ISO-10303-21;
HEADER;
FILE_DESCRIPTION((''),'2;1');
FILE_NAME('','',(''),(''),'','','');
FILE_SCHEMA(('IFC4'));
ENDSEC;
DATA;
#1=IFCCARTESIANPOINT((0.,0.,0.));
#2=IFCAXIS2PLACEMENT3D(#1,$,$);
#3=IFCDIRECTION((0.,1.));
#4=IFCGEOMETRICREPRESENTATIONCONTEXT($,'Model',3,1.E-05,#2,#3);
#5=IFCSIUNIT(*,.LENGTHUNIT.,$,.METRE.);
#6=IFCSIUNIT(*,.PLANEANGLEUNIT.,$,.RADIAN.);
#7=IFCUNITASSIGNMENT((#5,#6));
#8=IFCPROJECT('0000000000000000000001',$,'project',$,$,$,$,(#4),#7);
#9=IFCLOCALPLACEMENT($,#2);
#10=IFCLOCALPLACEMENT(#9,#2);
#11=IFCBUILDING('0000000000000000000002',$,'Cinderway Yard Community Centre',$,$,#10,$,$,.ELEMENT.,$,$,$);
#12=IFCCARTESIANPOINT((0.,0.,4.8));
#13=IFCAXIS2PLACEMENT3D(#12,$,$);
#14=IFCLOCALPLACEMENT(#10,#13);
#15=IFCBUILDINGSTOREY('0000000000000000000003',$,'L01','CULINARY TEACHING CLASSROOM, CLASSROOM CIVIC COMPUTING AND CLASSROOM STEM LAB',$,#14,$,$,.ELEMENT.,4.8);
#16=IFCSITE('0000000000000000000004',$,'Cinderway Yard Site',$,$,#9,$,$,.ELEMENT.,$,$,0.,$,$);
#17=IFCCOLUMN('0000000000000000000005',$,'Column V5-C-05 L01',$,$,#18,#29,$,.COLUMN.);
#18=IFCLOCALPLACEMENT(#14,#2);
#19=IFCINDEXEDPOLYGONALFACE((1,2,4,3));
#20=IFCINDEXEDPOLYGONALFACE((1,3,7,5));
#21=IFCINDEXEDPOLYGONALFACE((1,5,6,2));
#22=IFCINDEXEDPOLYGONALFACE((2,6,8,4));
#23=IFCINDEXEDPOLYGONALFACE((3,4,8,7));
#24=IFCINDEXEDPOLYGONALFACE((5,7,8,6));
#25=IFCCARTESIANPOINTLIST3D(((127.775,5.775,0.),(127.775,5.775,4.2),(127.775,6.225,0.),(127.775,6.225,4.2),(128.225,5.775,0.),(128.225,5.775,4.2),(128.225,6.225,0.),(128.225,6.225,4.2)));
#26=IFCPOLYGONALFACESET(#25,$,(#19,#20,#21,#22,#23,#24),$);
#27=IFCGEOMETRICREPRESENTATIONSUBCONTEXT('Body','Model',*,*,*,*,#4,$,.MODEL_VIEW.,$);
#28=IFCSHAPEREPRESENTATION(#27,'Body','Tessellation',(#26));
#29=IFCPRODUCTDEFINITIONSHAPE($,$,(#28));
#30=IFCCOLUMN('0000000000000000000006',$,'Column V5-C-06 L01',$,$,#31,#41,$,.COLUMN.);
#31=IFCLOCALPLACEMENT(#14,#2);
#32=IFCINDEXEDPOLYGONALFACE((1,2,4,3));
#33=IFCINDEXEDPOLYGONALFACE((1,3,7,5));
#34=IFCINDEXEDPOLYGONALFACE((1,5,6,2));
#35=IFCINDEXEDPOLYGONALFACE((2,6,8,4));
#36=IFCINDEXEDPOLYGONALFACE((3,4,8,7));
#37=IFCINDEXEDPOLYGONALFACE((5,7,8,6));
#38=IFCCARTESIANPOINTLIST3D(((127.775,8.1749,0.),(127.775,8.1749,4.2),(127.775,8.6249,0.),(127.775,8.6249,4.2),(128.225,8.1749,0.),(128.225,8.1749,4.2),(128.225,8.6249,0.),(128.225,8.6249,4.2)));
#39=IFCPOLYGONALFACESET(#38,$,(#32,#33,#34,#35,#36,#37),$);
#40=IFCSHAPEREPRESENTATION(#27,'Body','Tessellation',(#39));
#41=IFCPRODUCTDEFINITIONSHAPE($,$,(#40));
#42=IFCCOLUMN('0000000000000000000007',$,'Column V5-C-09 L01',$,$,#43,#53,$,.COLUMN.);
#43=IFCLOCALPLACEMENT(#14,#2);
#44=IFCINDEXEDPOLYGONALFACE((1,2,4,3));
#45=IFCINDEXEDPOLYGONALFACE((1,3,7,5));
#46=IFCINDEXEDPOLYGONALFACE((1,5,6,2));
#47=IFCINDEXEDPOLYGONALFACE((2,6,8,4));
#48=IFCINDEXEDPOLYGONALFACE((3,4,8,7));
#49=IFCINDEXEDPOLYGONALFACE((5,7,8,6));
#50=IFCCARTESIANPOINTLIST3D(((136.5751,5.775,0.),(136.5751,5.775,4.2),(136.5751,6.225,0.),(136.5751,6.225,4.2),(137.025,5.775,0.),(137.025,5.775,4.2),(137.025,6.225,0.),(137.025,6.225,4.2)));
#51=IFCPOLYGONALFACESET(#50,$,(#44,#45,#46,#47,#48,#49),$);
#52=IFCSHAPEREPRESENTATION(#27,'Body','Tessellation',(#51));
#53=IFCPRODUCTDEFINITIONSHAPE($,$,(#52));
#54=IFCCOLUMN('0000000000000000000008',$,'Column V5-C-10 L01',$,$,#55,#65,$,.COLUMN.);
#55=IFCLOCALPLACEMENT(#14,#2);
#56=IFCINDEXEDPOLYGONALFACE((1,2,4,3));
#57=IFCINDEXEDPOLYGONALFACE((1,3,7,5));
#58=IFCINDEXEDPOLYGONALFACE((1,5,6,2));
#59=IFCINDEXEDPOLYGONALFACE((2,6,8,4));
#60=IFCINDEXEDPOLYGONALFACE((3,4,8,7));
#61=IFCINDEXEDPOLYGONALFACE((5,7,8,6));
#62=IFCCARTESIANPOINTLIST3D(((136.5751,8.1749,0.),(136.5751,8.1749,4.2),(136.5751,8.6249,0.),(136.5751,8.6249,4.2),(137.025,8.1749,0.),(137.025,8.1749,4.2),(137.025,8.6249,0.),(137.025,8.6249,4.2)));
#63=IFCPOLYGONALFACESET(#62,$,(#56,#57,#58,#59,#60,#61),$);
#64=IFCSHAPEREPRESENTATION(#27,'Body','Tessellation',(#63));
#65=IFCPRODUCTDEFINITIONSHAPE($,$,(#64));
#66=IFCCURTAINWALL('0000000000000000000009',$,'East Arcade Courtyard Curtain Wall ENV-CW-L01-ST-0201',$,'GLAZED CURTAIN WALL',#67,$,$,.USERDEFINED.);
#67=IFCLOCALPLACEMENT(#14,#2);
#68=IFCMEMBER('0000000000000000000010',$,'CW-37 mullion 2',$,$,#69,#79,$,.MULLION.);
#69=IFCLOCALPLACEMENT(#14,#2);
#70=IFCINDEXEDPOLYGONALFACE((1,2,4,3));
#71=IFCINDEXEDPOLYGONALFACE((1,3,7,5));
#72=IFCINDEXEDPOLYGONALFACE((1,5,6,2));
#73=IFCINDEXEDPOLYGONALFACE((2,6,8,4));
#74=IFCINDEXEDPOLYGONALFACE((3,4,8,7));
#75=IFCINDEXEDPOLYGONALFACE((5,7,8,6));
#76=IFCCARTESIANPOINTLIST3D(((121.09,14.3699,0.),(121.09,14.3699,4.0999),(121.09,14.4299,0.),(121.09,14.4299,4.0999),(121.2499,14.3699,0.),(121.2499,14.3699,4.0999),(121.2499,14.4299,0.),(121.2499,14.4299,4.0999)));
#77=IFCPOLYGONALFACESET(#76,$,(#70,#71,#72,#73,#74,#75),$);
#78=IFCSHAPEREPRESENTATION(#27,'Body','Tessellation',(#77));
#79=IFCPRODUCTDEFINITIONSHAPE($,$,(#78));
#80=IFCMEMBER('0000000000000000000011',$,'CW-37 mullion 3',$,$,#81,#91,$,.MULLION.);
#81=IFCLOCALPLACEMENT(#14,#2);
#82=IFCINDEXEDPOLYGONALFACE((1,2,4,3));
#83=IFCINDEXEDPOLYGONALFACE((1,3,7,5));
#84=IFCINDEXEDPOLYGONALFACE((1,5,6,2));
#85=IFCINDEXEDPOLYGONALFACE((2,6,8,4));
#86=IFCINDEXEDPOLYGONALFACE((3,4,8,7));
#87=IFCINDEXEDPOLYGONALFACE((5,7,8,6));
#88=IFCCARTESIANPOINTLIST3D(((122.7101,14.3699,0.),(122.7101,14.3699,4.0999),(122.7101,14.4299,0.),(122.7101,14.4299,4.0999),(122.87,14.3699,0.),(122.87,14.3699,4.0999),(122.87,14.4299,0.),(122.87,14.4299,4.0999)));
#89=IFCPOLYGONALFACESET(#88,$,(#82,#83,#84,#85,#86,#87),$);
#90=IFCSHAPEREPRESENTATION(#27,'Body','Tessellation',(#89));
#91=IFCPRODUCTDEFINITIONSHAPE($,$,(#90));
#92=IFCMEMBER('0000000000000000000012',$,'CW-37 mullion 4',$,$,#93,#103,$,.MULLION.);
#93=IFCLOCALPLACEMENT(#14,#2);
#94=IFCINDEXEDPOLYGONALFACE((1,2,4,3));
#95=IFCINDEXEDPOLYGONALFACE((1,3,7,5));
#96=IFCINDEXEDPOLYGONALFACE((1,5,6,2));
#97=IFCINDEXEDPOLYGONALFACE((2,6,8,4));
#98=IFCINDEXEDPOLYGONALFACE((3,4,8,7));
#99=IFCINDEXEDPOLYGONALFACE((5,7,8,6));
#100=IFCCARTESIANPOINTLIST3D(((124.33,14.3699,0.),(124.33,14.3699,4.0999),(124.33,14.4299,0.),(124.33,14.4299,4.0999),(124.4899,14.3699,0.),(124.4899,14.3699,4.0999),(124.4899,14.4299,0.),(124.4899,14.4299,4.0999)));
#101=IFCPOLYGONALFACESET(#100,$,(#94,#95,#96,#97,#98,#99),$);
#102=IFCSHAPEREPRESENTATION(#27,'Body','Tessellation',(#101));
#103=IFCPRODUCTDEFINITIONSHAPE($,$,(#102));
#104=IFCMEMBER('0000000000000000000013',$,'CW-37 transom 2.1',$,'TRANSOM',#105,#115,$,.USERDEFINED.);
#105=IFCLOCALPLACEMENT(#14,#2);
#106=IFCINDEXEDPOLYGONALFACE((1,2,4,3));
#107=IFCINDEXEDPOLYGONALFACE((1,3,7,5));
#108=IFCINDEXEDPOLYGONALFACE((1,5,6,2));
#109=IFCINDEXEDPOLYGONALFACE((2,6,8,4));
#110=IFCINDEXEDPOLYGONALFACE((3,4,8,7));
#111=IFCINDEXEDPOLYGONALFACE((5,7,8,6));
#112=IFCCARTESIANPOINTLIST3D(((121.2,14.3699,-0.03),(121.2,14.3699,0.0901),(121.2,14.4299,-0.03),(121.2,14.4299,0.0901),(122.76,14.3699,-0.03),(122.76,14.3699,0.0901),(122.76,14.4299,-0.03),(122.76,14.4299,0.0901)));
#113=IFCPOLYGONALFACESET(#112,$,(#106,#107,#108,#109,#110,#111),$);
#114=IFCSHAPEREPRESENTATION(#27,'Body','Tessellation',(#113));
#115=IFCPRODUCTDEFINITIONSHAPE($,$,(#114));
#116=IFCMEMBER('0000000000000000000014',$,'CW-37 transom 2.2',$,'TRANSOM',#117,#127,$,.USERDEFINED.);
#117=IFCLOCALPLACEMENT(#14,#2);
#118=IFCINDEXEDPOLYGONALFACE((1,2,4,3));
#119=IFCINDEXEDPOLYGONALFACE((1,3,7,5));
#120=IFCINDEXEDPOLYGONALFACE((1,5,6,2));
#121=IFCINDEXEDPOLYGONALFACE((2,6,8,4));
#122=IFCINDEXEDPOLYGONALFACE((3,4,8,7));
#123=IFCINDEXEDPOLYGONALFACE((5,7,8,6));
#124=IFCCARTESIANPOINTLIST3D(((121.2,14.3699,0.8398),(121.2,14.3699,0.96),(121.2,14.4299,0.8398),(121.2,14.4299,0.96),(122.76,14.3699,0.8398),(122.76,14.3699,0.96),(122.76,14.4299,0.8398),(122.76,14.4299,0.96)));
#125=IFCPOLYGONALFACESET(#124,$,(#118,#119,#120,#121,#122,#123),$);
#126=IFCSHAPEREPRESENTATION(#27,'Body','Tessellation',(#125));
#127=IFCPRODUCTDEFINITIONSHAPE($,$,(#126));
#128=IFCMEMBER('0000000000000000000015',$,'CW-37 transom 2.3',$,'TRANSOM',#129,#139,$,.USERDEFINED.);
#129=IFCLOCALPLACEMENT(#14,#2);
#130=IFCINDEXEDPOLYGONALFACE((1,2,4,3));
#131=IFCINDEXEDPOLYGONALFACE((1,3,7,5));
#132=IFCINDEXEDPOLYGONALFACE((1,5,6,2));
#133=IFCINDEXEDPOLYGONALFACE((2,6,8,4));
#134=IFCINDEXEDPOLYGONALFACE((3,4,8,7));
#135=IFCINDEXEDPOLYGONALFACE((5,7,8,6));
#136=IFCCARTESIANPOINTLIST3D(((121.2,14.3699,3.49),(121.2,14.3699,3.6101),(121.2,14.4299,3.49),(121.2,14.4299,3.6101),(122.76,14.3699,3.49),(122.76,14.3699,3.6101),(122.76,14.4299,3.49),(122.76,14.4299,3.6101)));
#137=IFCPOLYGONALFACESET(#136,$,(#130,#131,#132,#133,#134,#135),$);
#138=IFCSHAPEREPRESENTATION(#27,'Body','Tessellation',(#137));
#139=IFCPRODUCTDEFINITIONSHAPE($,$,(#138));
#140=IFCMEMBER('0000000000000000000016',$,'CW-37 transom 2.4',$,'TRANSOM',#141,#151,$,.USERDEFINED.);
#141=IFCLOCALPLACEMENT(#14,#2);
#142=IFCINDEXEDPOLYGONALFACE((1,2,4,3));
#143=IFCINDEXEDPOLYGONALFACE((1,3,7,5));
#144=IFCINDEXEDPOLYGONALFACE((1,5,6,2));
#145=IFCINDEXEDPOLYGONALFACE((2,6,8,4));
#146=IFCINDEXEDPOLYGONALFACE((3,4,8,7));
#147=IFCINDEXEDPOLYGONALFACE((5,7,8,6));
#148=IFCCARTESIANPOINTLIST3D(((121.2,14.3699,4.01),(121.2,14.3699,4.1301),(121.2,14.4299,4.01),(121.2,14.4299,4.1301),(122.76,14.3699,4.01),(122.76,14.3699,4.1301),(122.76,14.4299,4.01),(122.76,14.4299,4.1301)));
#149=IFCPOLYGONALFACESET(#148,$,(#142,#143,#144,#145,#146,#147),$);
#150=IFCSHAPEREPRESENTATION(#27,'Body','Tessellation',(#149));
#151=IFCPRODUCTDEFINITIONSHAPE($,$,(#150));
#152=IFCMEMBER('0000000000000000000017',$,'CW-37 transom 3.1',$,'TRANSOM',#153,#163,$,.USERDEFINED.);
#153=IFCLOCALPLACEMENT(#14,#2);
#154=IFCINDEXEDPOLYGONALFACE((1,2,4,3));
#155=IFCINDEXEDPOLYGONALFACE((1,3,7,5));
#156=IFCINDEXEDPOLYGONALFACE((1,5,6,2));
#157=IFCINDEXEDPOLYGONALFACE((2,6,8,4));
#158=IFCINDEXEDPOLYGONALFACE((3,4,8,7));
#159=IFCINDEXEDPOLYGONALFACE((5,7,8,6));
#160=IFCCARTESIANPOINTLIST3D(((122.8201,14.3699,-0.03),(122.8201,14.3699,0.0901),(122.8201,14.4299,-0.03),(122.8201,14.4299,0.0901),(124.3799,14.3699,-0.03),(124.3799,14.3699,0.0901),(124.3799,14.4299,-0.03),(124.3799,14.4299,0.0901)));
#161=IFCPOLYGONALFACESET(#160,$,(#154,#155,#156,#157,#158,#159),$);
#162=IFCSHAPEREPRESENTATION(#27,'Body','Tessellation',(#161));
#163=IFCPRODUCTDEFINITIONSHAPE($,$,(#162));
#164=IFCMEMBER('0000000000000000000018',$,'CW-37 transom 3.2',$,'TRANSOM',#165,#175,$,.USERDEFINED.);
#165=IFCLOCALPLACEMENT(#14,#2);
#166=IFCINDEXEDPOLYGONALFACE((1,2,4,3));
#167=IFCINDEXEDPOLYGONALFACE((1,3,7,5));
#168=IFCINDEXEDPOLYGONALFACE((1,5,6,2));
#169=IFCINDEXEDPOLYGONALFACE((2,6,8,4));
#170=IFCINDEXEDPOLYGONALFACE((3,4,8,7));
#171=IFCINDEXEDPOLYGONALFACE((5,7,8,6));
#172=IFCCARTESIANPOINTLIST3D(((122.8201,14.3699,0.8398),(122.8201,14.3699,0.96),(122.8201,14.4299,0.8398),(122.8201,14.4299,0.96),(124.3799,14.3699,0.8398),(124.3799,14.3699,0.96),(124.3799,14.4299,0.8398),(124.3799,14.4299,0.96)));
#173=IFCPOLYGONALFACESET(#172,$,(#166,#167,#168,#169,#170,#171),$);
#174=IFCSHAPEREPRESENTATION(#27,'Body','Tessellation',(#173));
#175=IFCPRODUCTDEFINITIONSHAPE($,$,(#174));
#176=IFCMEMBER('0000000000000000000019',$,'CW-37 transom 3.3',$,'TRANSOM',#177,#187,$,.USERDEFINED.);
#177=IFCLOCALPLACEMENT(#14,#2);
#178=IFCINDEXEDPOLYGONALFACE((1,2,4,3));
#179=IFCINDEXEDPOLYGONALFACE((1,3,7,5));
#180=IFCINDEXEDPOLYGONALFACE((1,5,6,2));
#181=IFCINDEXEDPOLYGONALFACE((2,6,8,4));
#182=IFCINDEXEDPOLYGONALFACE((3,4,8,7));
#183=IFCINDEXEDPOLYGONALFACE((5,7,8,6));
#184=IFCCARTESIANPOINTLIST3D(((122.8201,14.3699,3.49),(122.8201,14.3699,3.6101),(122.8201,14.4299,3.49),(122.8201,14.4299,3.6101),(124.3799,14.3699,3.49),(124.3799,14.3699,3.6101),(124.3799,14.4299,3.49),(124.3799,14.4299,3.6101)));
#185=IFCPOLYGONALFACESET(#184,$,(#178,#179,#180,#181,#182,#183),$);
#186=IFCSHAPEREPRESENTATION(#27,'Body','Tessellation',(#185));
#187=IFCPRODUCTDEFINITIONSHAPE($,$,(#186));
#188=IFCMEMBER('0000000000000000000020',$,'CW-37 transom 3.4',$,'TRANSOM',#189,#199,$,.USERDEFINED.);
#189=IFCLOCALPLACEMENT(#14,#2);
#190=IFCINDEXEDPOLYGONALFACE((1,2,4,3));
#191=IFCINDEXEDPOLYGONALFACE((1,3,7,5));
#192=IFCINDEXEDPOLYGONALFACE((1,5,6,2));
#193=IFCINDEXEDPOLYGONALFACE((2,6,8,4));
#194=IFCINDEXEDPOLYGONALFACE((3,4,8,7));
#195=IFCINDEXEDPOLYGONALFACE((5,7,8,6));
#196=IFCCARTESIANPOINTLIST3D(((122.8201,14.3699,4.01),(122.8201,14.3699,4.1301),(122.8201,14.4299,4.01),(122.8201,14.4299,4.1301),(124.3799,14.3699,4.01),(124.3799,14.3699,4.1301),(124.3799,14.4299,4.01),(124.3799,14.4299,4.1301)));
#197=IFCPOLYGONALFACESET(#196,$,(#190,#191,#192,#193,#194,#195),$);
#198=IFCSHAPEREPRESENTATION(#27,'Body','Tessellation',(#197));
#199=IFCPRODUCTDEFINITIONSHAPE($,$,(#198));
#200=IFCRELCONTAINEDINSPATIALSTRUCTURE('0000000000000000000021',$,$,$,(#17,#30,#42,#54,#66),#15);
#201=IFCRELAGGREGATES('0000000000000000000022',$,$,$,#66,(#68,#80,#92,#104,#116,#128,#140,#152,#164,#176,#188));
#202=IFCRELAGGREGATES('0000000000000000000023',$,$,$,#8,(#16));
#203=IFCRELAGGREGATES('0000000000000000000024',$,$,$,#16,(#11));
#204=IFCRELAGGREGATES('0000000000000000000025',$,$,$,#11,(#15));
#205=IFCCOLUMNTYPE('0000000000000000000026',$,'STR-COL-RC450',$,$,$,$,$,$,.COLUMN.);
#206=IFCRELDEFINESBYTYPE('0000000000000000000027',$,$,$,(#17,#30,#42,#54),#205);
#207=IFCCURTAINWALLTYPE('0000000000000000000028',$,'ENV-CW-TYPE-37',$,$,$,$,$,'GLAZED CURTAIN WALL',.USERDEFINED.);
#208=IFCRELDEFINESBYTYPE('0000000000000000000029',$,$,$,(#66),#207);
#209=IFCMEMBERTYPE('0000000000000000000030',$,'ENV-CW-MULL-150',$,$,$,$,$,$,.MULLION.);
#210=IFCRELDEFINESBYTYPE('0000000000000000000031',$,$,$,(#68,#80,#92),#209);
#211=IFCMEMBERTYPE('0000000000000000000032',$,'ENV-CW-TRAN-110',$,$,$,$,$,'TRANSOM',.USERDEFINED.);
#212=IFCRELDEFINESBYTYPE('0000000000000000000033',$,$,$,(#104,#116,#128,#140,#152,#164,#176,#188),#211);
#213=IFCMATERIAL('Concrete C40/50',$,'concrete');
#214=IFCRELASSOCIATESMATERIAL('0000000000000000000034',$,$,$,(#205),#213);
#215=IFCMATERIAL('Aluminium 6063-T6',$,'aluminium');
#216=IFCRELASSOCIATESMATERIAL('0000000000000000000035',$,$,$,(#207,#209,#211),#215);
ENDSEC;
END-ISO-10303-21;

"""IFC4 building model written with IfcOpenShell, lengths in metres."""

from ifc_helpers import new_model, si_unit, direction, frame, origin, origin_2d, place, context, subcontext, project, spatial, rectangle, extrude, material, material_profile, profile_set, type_object, element, aggregate, save


model = new_model("IFC4")

# Units and contexts
model_context = context("Model", 3, precision=1e-05, world=origin(), true_north=direction((0.0, 1.0)))
body_context = subcontext(model_context, "Body", "Model", "MODEL_VIEW")
ifc_project = project(units=[si_unit("LENGTHUNIT", "METRE"), si_unit("PLANEANGLEUNIT", "RADIAN")], contexts=[model_context])

# Site, building, storey
site_placement = place(None, origin())
site = spatial("IfcSite", under=ifc_project, at=site_placement, Name="Cinderway Yard Site", CompositionType="ELEMENT", RefElevation=0.0)
building_placement = place(site_placement, origin())
building = spatial("IfcBuilding", under=site, at=building_placement, Name="Cinderway Yard Community Centre", CompositionType="ELEMENT")
storey_placement = place(building_placement, frame((0.0, 0.0, 4.8)))
storey = spatial("IfcBuildingStorey", under=building, at=storey_placement, Name="L01", Description="CULINARY TEACHING CLASSROOM, CLASSROOM CIVIC COMPUTING AND CLASSROOM STEM LAB", CompositionType="ELEMENT", Elevation=4.8)

# Columns
ifc_material_1 = material(Name="Concrete C40/50", Category="concrete")
ifc_material_profile_1 = material_profile(ifc_material_1, rectangle(XDim=0.45, YDim=0.45, at=origin_2d()), Name="Concrete C40/50")
ifc_profile_set_1 = profile_set([ifc_material_profile_1], Name="Concrete C40/50")
column_type = type_object("IfcColumnType", Name="STR-COL-RC450", PredefinedType="COLUMN", material=ifc_profile_set_1)
for number, where, z_axis, x_axis, name in (
    (1, (128.0, 6.0, 0.0), (0.0, 0.0, 1.0), (1.0, 0.0, 0.0), "Column V5-C-05 L01"),
    (2, (128.0, 8.3999, 0.0), (0.0, 0.0, 1.0), (1.0, 0.0, 0.0), "Column V5-C-06 L01"),
    (3, (136.8, 6.0, 0.0), (0.0, 0.0, 1.0), (1.0, 0.0, 0.0), "Column V5-C-09 L01"),
    (4, (136.8, 8.3999, 0.0), (0.0, 0.0, 1.0), (1.0, 0.0, 0.0), "Column V5-C-10 L01"),
):
    element("IfcColumn", number, at=place(storey_placement, frame(where, z_axis=z_axis, x_axis=x_axis)), inside=storey, type_object=column_type, Name=name, PredefinedType="COLUMN", context=body_context, shape_type="SweptSolid", body=[
        extrude(rectangle(XDim=0.45, YDim=0.45, at=origin_2d()), origin(), (0.0, 0.0, 1.0), 4.2),
    ])

# Curtain wall, members
ifc_material_2 = material(Name="Aluminium 6063-T6", Category="aluminium")
curtain_wall_type = type_object("IfcCurtainWallType", Name="ENV-CW-TYPE-37", ElementType="GLAZED CURTAIN WALL", PredefinedType="USERDEFINED", material=ifc_material_2)
curtain_wall_placement = place(storey_placement, origin())
curtain_wall = element("IfcCurtainWall", 5, at=curtain_wall_placement, inside=storey, type_object=curtain_wall_type, Name="East Arcade Courtyard Curtain Wall ENV-CW-L01-ST-0201", ObjectType="GLAZED CURTAIN WALL", PredefinedType="USERDEFINED")
ifc_material_profile_2 = material_profile(ifc_material_2, rectangle(XDim=0.0601, YDim=0.1599, at=origin_2d()), Name="Aluminium 6063-T6")
ifc_profile_set_2 = profile_set([ifc_material_profile_2], Name="Aluminium 6063-T6")
member_type_1 = type_object("IfcMemberType", Name="ENV-CW-MULL-150", PredefinedType="MULLION", material=ifc_profile_set_2)
member_1_placement = place(storey_placement, frame((121.1699, 14.3999, 0.0), z_axis=(0.0, 0.0, 1.0), x_axis=(0.0, 1.0, 0.0)))
member_1 = element("IfcMember", 6, at=member_1_placement, type_object=member_type_1, Name="CW-37 mullion 2", PredefinedType="MULLION", context=body_context, shape_type="SweptSolid", body=[
    extrude(rectangle(XDim=0.0601, YDim=0.1599, at=origin_2d()), origin(), (0.0, 0.0, 1.0), 4.0999),
])
member_2_placement = place(storey_placement, frame((122.79, 14.3999, 0.0), z_axis=(0.0, 0.0, 1.0), x_axis=(0.0, 1.0, 0.0)))
member_2 = element("IfcMember", 7, at=member_2_placement, type_object=member_type_1, Name="CW-37 mullion 3", PredefinedType="MULLION", context=body_context, shape_type="SweptSolid", body=[
    extrude(rectangle(XDim=0.0601, YDim=0.1599, at=origin_2d()), origin(), (0.0, 0.0, 1.0), 4.0999),
])
member_3_placement = place(storey_placement, frame((124.4099, 14.3999, 0.0), z_axis=(0.0, 0.0, 1.0), x_axis=(0.0, 1.0, 0.0)))
member_3 = element("IfcMember", 8, at=member_3_placement, type_object=member_type_1, Name="CW-37 mullion 4", PredefinedType="MULLION", context=body_context, shape_type="SweptSolid", body=[
    extrude(rectangle(XDim=0.0601, YDim=0.1599, at=origin_2d()), origin(), (0.0, 0.0, 1.0), 4.0999),
])
ifc_material_profile_3 = material_profile(ifc_material_2, rectangle(XDim=0.0601, YDim=0.1201, at=origin_2d()), Name="Aluminium 6063-T6")
ifc_profile_set_3 = profile_set([ifc_material_profile_3], Name="Aluminium 6063-T6")
member_type_2 = type_object("IfcMemberType", Name="ENV-CW-TRAN-110", ElementType="TRANSOM", PredefinedType="USERDEFINED", material=ifc_profile_set_3)
member_4_placement = place(storey_placement, frame((121.2, 14.3999, 0.03), z_axis=(1.0, 0.0, 0.0), x_axis=(0.0, 1.0, 0.0)))
member_4 = element("IfcMember", 9, at=member_4_placement, type_object=member_type_2, Name="CW-37 transom 2.1", ObjectType="TRANSOM", PredefinedType="USERDEFINED", context=body_context, shape_type="SweptSolid", body=[
    extrude(rectangle(XDim=0.0601, YDim=0.1201, at=origin_2d()), origin(), (0.0, 0.0, 1.0), 1.5601),
])
member_5_placement = place(storey_placement, frame((121.2, 14.3999, 0.8999), z_axis=(1.0, 0.0, 0.0), x_axis=(0.0, 1.0, 0.0)))
member_5 = element("IfcMember", 10, at=member_5_placement, type_object=member_type_2, Name="CW-37 transom 2.2", ObjectType="TRANSOM", PredefinedType="USERDEFINED", context=body_context, shape_type="SweptSolid", body=[
    extrude(rectangle(XDim=0.0601, YDim=0.1201, at=origin_2d()), origin(), (0.0, 0.0, 1.0), 1.5601),
])
member_6_placement = place(storey_placement, frame((121.2, 14.3999, 3.55), z_axis=(1.0, 0.0, 0.0), x_axis=(0.0, 1.0, 0.0)))
member_6 = element("IfcMember", 11, at=member_6_placement, type_object=member_type_2, Name="CW-37 transom 2.3", ObjectType="TRANSOM", PredefinedType="USERDEFINED", context=body_context, shape_type="SweptSolid", body=[
    extrude(rectangle(XDim=0.0601, YDim=0.1201, at=origin_2d()), origin(), (0.0, 0.0, 1.0), 1.5601),
])
member_7_placement = place(storey_placement, frame((121.2, 14.3999, 4.0701), z_axis=(1.0, 0.0, 0.0), x_axis=(0.0, 1.0, 0.0)))
member_7 = element("IfcMember", 12, at=member_7_placement, type_object=member_type_2, Name="CW-37 transom 2.4", ObjectType="TRANSOM", PredefinedType="USERDEFINED", context=body_context, shape_type="SweptSolid", body=[
    extrude(rectangle(XDim=0.0601, YDim=0.1201, at=origin_2d()), origin(), (0.0, 0.0, 1.0), 1.5601),
])
member_8_placement = place(storey_placement, frame((122.8201, 14.3999, 0.03), z_axis=(1.0, 0.0, 0.0), x_axis=(0.0, 1.0, 0.0)))
member_8 = element("IfcMember", 13, at=member_8_placement, type_object=member_type_2, Name="CW-37 transom 3.1", ObjectType="TRANSOM", PredefinedType="USERDEFINED", context=body_context, shape_type="SweptSolid", body=[
    extrude(rectangle(XDim=0.0601, YDim=0.1201, at=origin_2d()), origin(), (0.0, 0.0, 1.0), 1.5598),
])
member_9_placement = place(storey_placement, frame((122.8201, 14.3999, 0.8999), z_axis=(1.0, 0.0, 0.0), x_axis=(0.0, 1.0, 0.0)))
member_9 = element("IfcMember", 14, at=member_9_placement, type_object=member_type_2, Name="CW-37 transom 3.2", ObjectType="TRANSOM", PredefinedType="USERDEFINED", context=body_context, shape_type="SweptSolid", body=[
    extrude(rectangle(XDim=0.0601, YDim=0.1201, at=origin_2d()), origin(), (0.0, 0.0, 1.0), 1.5598),
])
member_10_placement = place(storey_placement, frame((122.8201, 14.3999, 3.55), z_axis=(1.0, 0.0, 0.0), x_axis=(0.0, 1.0, 0.0)))
member_10 = element("IfcMember", 15, at=member_10_placement, type_object=member_type_2, Name="CW-37 transom 3.3", ObjectType="TRANSOM", PredefinedType="USERDEFINED", context=body_context, shape_type="SweptSolid", body=[
    extrude(rectangle(XDim=0.0601, YDim=0.1201, at=origin_2d()), origin(), (0.0, 0.0, 1.0), 1.5598),
])
member_11_placement = place(storey_placement, frame((122.8201, 14.3999, 4.0701), z_axis=(1.0, 0.0, 0.0), x_axis=(0.0, 1.0, 0.0)))
member_11 = element("IfcMember", 16, at=member_11_placement, type_object=member_type_2, Name="CW-37 transom 3.4", ObjectType="TRANSOM", PredefinedType="USERDEFINED", context=body_context, shape_type="SweptSolid", body=[
    extrude(rectangle(XDim=0.0601, YDim=0.1201, at=origin_2d()), origin(), (0.0, 0.0, 1.0), 1.5598),
])

aggregate(curtain_wall, [member_1, member_2, member_3, member_4, member_5, member_6, member_7, member_8, member_9, member_10, member_11])

save(model, "model.ifc")
